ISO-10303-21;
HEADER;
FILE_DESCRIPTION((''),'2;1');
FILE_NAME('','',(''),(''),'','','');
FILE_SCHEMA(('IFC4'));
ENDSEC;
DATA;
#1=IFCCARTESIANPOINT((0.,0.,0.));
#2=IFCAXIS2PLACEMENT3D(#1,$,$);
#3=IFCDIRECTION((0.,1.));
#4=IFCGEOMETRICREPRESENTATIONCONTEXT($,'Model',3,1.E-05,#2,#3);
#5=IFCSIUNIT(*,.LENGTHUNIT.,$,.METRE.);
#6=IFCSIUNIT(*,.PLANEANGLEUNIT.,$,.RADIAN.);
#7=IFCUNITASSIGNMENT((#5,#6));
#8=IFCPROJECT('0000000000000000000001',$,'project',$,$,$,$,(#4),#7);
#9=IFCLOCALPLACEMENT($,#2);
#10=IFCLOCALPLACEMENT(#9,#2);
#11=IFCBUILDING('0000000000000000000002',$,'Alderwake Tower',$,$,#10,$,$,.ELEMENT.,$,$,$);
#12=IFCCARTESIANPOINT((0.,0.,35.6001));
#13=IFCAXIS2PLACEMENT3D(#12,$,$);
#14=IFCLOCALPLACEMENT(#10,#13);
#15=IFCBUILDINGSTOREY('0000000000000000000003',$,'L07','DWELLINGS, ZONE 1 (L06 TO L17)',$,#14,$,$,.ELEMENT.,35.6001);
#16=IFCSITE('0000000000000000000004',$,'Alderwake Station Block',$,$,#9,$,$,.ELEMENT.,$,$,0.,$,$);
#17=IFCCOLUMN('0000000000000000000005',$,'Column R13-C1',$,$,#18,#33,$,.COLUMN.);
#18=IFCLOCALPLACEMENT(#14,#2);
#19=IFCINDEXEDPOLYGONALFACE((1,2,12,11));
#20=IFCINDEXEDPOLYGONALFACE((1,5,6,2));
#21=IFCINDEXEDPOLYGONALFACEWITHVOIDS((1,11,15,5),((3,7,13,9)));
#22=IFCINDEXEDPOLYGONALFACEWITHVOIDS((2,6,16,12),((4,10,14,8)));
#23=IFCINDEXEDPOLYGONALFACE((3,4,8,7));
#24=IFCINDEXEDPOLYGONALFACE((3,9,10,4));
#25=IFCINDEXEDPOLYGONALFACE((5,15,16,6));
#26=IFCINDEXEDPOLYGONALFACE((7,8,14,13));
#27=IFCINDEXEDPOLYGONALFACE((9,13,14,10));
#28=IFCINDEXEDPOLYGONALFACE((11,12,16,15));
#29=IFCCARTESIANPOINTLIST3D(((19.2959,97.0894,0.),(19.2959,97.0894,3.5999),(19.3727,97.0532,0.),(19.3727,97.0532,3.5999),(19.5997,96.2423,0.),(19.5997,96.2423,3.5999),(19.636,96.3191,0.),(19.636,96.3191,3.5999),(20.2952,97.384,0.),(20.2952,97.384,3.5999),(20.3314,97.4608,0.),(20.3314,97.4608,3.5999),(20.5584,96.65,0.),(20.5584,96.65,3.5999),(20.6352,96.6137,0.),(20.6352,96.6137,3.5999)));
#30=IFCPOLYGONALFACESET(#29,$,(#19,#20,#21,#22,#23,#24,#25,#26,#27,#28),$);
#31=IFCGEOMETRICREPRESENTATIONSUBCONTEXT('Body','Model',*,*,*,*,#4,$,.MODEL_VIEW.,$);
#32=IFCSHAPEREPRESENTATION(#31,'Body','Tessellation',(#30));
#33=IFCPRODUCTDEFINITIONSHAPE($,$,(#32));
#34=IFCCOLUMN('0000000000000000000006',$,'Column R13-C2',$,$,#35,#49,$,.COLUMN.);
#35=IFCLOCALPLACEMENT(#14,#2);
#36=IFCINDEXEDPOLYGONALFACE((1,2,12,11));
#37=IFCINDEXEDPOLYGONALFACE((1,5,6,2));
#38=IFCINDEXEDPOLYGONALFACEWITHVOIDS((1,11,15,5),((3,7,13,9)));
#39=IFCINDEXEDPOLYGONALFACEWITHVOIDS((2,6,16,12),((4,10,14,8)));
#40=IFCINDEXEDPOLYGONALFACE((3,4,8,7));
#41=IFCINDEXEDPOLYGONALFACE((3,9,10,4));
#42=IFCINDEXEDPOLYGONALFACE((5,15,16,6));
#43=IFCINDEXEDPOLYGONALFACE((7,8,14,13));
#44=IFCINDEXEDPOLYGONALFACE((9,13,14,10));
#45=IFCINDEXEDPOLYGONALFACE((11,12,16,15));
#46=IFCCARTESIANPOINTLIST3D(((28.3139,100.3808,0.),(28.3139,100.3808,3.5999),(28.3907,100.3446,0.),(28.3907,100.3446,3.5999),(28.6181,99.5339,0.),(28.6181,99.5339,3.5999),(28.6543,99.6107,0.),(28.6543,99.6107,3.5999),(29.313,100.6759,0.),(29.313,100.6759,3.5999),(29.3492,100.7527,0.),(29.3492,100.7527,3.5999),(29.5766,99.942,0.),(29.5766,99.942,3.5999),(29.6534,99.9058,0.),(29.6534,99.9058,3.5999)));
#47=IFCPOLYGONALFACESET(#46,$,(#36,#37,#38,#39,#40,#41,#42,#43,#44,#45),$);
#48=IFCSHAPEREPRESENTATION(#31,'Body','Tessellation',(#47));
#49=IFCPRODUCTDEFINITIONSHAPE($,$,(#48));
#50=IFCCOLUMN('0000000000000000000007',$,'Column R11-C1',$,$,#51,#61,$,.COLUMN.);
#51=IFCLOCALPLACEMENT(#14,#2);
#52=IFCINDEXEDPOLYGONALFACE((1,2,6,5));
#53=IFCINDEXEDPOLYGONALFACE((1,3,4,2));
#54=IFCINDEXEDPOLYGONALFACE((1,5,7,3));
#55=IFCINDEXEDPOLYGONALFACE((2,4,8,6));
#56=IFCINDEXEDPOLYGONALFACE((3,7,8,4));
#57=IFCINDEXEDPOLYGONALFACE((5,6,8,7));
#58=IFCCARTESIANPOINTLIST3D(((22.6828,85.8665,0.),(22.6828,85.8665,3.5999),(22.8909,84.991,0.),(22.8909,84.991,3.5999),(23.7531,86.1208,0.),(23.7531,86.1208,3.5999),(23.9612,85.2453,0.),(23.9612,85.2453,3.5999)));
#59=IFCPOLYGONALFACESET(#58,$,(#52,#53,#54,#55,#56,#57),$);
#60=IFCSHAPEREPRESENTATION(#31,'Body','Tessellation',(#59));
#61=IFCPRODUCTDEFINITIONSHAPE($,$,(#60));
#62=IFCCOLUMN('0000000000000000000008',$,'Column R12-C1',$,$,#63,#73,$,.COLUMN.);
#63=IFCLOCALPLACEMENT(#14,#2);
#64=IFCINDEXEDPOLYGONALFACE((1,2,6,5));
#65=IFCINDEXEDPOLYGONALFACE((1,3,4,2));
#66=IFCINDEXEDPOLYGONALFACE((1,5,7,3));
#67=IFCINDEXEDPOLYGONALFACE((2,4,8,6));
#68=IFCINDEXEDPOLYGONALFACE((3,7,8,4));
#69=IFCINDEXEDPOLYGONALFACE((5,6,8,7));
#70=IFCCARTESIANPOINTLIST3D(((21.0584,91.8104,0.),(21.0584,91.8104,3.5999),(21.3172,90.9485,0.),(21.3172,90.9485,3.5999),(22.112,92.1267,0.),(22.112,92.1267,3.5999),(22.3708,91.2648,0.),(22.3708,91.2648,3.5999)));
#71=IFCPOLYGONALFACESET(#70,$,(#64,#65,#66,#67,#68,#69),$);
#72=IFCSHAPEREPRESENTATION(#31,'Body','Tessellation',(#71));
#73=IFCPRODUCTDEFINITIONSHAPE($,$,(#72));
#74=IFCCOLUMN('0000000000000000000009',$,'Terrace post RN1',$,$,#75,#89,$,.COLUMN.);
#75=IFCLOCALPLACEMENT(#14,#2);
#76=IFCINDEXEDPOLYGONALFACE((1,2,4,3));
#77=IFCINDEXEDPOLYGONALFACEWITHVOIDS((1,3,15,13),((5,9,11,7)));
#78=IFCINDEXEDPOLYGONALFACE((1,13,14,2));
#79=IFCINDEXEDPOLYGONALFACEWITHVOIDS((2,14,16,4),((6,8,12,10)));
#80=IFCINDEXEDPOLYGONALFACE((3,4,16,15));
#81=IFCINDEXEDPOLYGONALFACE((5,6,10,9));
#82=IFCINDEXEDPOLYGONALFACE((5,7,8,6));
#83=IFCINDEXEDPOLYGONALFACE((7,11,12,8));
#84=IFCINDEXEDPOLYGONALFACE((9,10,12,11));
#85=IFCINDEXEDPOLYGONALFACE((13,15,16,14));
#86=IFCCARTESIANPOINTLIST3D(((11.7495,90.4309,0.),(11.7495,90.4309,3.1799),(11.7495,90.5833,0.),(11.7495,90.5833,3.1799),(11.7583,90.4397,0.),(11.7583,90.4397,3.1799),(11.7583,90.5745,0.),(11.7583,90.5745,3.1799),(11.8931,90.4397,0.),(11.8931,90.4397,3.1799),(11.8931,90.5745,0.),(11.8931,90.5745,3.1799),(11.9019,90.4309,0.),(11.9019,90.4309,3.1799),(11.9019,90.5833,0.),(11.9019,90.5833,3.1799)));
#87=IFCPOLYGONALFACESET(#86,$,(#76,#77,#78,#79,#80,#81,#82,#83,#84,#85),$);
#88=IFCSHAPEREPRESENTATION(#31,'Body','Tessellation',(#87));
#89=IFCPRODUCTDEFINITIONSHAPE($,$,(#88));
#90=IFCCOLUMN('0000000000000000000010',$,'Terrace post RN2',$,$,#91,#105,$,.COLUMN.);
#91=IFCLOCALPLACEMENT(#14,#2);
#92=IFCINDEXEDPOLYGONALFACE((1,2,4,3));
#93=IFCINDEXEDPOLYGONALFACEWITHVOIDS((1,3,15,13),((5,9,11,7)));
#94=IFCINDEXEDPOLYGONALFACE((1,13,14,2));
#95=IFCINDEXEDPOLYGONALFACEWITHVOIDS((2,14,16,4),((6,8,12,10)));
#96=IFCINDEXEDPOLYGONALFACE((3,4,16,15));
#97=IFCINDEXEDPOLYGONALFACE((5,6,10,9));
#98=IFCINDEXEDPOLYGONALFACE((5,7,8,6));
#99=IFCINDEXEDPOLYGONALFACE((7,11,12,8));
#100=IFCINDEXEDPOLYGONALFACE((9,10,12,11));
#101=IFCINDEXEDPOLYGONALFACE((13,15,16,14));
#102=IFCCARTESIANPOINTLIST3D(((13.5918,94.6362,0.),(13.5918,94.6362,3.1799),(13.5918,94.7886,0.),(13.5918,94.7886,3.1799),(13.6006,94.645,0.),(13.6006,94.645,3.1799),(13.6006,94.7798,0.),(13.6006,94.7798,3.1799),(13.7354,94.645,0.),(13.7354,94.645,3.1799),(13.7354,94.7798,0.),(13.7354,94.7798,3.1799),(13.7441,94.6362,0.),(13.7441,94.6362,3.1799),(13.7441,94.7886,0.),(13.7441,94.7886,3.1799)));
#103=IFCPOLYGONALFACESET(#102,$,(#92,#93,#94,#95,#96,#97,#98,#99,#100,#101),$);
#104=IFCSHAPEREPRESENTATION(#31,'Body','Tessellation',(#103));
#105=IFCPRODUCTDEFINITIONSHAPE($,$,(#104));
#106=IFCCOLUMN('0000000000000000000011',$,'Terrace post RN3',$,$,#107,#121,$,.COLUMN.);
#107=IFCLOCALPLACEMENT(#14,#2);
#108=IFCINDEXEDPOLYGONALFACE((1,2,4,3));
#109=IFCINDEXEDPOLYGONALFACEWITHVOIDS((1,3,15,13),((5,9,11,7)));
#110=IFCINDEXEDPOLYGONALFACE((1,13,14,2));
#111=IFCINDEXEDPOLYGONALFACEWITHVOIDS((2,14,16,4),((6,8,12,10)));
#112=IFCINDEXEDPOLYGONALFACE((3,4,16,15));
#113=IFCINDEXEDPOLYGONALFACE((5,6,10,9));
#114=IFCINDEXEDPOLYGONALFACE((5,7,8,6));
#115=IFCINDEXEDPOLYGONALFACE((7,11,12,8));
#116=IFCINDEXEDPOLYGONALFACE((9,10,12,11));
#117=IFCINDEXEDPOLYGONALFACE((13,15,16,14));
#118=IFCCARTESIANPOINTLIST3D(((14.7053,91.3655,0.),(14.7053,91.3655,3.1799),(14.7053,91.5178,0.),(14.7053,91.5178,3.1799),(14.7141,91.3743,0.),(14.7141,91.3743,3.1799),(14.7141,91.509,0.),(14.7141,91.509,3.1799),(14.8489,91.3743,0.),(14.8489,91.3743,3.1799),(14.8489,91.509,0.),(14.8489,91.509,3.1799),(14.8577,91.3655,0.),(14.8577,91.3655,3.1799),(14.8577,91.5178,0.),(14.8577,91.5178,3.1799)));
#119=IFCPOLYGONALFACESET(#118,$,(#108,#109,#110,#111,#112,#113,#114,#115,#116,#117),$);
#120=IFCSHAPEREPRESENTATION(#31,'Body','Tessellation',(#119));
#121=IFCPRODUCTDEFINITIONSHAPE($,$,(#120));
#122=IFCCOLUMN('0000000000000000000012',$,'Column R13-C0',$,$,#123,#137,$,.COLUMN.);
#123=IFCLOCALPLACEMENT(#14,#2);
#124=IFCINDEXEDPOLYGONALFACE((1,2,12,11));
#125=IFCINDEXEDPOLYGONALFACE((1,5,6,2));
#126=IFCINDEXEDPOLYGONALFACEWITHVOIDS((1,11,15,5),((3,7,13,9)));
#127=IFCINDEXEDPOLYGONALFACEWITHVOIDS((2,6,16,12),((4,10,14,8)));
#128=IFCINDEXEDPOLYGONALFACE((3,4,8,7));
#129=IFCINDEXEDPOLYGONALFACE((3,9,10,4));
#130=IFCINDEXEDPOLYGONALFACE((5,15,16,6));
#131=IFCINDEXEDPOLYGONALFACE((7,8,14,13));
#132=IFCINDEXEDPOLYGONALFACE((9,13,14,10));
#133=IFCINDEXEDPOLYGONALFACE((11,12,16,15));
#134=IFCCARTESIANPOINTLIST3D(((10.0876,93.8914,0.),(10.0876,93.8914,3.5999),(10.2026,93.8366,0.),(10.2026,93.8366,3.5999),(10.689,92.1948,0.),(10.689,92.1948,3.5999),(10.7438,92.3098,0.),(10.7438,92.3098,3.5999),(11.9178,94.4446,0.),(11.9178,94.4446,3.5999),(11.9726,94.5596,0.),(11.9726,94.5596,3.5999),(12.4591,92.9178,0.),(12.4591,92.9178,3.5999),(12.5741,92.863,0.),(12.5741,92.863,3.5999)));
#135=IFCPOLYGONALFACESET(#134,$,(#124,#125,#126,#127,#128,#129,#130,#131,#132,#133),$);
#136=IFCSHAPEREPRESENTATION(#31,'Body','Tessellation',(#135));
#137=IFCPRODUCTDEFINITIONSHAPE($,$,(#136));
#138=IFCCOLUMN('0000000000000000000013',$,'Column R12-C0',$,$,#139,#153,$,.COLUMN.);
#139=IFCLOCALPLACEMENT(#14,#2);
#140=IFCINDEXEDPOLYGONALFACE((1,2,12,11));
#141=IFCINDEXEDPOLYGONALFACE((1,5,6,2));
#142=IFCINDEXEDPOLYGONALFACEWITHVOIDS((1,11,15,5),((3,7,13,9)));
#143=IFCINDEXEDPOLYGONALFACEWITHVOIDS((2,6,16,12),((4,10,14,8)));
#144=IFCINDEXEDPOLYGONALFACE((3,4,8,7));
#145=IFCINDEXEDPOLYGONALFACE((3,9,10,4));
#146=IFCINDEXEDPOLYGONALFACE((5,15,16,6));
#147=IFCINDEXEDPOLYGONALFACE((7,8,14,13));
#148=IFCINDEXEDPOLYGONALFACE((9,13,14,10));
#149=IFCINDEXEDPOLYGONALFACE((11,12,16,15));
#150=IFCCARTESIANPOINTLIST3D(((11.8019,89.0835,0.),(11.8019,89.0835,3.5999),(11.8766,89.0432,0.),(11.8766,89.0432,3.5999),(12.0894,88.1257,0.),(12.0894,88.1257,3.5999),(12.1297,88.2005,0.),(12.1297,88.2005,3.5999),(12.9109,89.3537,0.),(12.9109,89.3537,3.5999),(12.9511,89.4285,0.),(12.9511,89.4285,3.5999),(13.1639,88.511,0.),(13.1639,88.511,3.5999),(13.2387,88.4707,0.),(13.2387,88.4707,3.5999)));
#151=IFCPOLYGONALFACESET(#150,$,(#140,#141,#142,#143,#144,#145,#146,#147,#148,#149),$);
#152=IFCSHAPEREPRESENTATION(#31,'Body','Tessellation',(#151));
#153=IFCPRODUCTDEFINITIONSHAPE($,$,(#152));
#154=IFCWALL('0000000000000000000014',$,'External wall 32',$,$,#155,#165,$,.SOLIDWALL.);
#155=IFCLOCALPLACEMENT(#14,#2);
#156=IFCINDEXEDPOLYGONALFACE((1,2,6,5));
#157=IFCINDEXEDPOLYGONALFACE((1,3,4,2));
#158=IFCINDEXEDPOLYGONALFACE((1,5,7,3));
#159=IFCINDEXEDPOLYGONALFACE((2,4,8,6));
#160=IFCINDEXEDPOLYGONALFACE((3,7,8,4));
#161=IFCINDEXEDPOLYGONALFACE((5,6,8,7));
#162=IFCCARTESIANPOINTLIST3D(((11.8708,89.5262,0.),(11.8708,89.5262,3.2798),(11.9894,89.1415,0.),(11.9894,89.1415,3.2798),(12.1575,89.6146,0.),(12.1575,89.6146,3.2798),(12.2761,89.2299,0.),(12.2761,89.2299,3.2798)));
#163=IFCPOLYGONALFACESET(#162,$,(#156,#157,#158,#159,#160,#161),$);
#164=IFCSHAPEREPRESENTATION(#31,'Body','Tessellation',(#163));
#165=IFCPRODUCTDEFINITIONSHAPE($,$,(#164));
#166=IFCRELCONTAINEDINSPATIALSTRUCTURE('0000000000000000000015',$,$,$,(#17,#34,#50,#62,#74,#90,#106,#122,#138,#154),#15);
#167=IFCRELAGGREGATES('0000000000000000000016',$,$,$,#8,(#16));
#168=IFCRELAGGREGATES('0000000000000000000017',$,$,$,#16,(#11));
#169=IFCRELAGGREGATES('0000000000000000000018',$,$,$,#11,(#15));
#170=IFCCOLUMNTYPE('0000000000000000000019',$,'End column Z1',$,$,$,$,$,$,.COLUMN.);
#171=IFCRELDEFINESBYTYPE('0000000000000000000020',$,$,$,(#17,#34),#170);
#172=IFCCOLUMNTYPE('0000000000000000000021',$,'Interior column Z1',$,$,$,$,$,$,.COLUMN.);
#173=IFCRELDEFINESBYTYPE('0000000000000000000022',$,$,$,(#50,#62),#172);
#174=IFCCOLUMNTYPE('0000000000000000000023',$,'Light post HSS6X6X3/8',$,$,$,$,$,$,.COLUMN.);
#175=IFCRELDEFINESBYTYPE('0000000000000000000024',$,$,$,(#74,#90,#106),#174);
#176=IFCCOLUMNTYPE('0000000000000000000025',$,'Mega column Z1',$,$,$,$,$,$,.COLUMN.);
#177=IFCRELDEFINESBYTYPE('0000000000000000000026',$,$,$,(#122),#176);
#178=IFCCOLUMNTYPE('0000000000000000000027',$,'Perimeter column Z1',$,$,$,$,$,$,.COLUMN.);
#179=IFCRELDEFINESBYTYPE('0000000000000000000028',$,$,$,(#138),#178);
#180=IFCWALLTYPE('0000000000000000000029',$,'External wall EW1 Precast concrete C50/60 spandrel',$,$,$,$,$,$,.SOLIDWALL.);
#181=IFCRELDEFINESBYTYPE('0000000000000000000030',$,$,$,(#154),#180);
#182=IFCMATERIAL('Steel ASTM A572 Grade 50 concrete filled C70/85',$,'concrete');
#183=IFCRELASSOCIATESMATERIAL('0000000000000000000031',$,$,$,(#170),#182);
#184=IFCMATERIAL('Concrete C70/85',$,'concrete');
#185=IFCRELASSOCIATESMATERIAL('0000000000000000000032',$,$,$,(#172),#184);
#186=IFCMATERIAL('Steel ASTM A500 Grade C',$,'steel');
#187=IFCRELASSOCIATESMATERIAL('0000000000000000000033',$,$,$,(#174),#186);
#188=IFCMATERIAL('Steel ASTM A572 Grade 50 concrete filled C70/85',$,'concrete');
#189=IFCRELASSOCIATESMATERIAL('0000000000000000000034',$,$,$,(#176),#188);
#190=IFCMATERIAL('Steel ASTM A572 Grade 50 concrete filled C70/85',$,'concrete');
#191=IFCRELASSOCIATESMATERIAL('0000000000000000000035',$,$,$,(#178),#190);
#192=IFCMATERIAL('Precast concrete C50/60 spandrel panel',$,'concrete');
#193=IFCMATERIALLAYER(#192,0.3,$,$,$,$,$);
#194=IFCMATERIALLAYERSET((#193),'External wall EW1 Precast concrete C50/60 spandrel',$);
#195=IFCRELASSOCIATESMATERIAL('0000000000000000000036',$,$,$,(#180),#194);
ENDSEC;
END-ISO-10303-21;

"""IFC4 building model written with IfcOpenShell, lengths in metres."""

from ifc_helpers import new_model, si_unit, direction, frame, frame_2d, origin, origin_2d, place, context, subcontext, project, spatial, rectangle, hollow_rectangle, extrude, material, layer, layer_set, material_profile, profile_set, type_object, element, save


model = new_model("IFC4")

# Units and contexts
model_context = context("Model", 3, precision=1e-05, world=origin(), true_north=direction((0.0, 1.0)))
body_context = subcontext(model_context, "Body", "Model", "MODEL_VIEW")
ifc_project = project(units=[si_unit("LENGTHUNIT", "METRE"), si_unit("PLANEANGLEUNIT", "RADIAN")], contexts=[model_context])

# Site, building, storey
site_placement = place(None, origin())
site = spatial("IfcSite", under=ifc_project, at=site_placement, Name="Alderwake Station Block", CompositionType="ELEMENT", RefElevation=0.0)
building_placement = place(site_placement, origin())
building = spatial("IfcBuilding", under=site, at=building_placement, Name="Alderwake Tower", CompositionType="ELEMENT")
storey_placement = place(building_placement, frame((0.0, 0.0, 35.6001)))
storey = spatial("IfcBuildingStorey", under=building, at=storey_placement, Name="L07", Description="DWELLINGS, ZONE 1 (L06 TO L17)", CompositionType="ELEMENT", Elevation=35.6001)

# Columns
ifc_material_1 = material(Name="Steel ASTM A572 Grade 50 concrete filled C70/85", Category="concrete")
ifc_material_profile_1 = material_profile(ifc_material_1, hollow_rectangle(XDim=0.8999, YDim=1.1001, WallThickness=0.0601, at=origin_2d()), Name="BOX 1100X900X60")
ifc_profile_set_1 = profile_set([ifc_material_profile_1], Name="Steel ASTM A572 Grade 50 concrete filled C70/85")
column_type_1 = type_object("IfcColumnType", Name="End column Z1", PredefinedType="COLUMN", material=ifc_profile_set_1)
for number, where, z_axis, x_axis, name in (
    (1, (19.9656, 96.8516, 0.0), (0.0, 0.0, 1.0), (-0.337585, 0.941295, 0.0), "Column R13-C1"),
    (2, (28.9836, 100.1433, 0.0), (0.0, 0.0, 1.0), (-0.338027, 0.941136, 0.0), "Column R13-C2"),
):
    element("IfcColumn", number, at=place(storey_placement, frame(where, z_axis=z_axis, x_axis=x_axis)), inside=storey, type_object=column_type_1, Name=name, PredefinedType="COLUMN", context=body_context, shape_type="SweptSolid", body=[
        extrude(hollow_rectangle(XDim=0.8999, YDim=1.1001, WallThickness=0.0601, at=origin_2d()), origin(), (0.0, 0.0, 1.0), 3.5999),
    ])
ifc_material_2 = material(Name="Concrete C70/85", Category="concrete")
ifc_material_profile_2 = material_profile(ifc_material_2, rectangle(XDim=0.8999, YDim=1.1001, at=origin_2d()), Name="RC 1100X900")
ifc_profile_set_2 = profile_set([ifc_material_profile_2], Name="Concrete C70/85")
column_type_2 = type_object("IfcColumnType", Name="Interior column Z1", PredefinedType="COLUMN", material=ifc_profile_set_2)
for number, where, z_axis, x_axis, name in (
    (3, (23.322, 85.5559, 0.0), (0.0, 0.0, 1.0), (-0.231222, 0.972901, 0.0), "Column R11-C1"),
    (4, (21.7146, 91.5376, 0.0), (0.0, 0.0, 1.0), (-0.287549, 0.957766, 0.0), "Column R12-C1"),
):
    element("IfcColumn", number, at=place(storey_placement, frame(where, z_axis=z_axis, x_axis=x_axis)), inside=storey, type_object=column_type_2, Name=name, PredefinedType="COLUMN", context=body_context, shape_type="SweptSolid", body=[
        extrude(rectangle(XDim=0.8999, YDim=1.1001, at=origin_2d()), origin(), (0.0, 0.0, 1.0), 3.5999),
    ])
ifc_material_3 = material(Name="Steel ASTM A500 Grade C", Category="steel")
ifc_material_profile_3 = material_profile(ifc_material_3, hollow_rectangle(XDim=0.1523, YDim=0.1523, WallThickness=0.0088, at=origin_2d()), Name="HSS6X6X3/8")
ifc_profile_set_3 = profile_set([ifc_material_profile_3], Name="Steel ASTM A500 Grade C")
column_type_3 = type_object("IfcColumnType", Name="Light post HSS6X6X3/8", PredefinedType="COLUMN", material=ifc_profile_set_3)
for number, where, z_axis, x_axis, name in (
    (5, (11.8257, 90.5071, 0.0), (0.0, 0.0, 1.0), (1.0, 0.0, 0.0), "Terrace post RN1"),
    (6, (13.668, 94.7124, 0.0), (0.0, 0.0, 1.0), (1.0, 0.0, 0.0), "Terrace post RN2"),
    (7, (14.7815, 91.4417, 0.0), (0.0, 0.0, 1.0), (1.0, 0.0, 0.0), "Terrace post RN3"),
):
    element("IfcColumn", number, at=place(storey_placement, frame(where, z_axis=z_axis, x_axis=x_axis)), inside=storey, type_object=column_type_3, Name=name, PredefinedType="COLUMN", context=body_context, shape_type="SweptSolid", body=[
        extrude(hollow_rectangle(XDim=0.1523, YDim=0.1523, WallThickness=0.0088, at=origin_2d()), origin(), (0.0, 0.0, 1.0), 3.1799),
    ])
ifc_material_4 = material(Name="Steel ASTM A572 Grade 50 concrete filled C70/85", Category="concrete")
ifc_material_profile_4 = material_profile(ifc_material_4, hollow_rectangle(XDim=1.8, YDim=2.0, WallThickness=0.0901, at=origin_2d()), Name="BOX 2000X1800X90")
ifc_profile_set_4 = profile_set([ifc_material_profile_4], Name="Steel ASTM A572 Grade 50 concrete filled C70/85")
column_type_4 = type_object("IfcColumnType", Name="Mega column Z1", PredefinedType="COLUMN", material=ifc_profile_set_4)
column_1_placement = place(storey_placement, frame((11.3308, 93.3772, 0.0), z_axis=(0.0, 0.0, 1.0), x_axis=(-0.334131, 0.942527, 0.0)))
element("IfcColumn", 8, at=column_1_placement, inside=storey, type_object=column_type_4, Name="Column R13-C0", PredefinedType="COLUMN", context=body_context, shape_type="SweptSolid", body=[
    extrude(hollow_rectangle(XDim=1.8, YDim=2.0, WallThickness=0.0901, at=origin_2d()), origin(), (0.0, 0.0, 1.0), 3.5999),
])
ifc_material_5 = material(Name="Steel ASTM A572 Grade 50 concrete filled C70/85", Category="concrete")
ifc_material_profile_5 = material_profile(ifc_material_5, hollow_rectangle(XDim=1.0, YDim=1.2, WallThickness=0.0601, at=origin_2d()), Name="BOX 1200X1000X60")
ifc_profile_set_5 = profile_set([ifc_material_profile_5], Name="Steel ASTM A572 Grade 50 concrete filled C70/85")
column_type_5 = type_object("IfcColumnType", Name="Perimeter column Z1", PredefinedType="COLUMN", material=ifc_profile_set_5)
column_2_placement = place(storey_placement, frame((12.5203, 88.7771, 0.0), z_axis=(0.0, 0.0, 1.0), x_axis=(-0.287549, 0.957766, 0.0)))
element("IfcColumn", 9, at=column_2_placement, inside=storey, type_object=column_type_5, Name="Column R12-C0", PredefinedType="COLUMN", context=body_context, shape_type="SweptSolid", body=[
    extrude(hollow_rectangle(XDim=1.0, YDim=1.2, WallThickness=0.0601, at=origin_2d()), origin(), (0.0, 0.0, 1.0), 3.5999),
])

# Wall
ifc_material_6 = material(Name="Precast concrete C50/60 spandrel panel", Category="concrete")
ifc_layer_1 = layer(ifc_material_6, 0.3)
ifc_layer_set_1 = layer_set([ifc_layer_1], Name="External wall EW1 Precast concrete C50/60 spandrel")
wall_type_1 = type_object("IfcWallType", Name="External wall EW1 Precast concrete C50/60 spandrel", PredefinedType="SOLIDWALL", material=ifc_layer_set_1)
wall_1_placement = place(storey_placement, frame((12.0142, 89.5703, 0.0), z_axis=(0.0, 0.0, 1.0), x_axis=(0.294682, -0.955595, 0.0)))
element("IfcWall", 10, at=wall_1_placement, inside=storey, type_object=wall_type_1, Name="External wall 32", PredefinedType="SOLIDWALL", context=body_context, shape_type="SweptSolid", body=[
    extrude(rectangle(XDim=0.4026, YDim=0.3, at=frame_2d((0.2012, 0.0))), origin(), (0.0, 0.0, 1.0), 3.2798),
])

save(model, "model.ifc")
